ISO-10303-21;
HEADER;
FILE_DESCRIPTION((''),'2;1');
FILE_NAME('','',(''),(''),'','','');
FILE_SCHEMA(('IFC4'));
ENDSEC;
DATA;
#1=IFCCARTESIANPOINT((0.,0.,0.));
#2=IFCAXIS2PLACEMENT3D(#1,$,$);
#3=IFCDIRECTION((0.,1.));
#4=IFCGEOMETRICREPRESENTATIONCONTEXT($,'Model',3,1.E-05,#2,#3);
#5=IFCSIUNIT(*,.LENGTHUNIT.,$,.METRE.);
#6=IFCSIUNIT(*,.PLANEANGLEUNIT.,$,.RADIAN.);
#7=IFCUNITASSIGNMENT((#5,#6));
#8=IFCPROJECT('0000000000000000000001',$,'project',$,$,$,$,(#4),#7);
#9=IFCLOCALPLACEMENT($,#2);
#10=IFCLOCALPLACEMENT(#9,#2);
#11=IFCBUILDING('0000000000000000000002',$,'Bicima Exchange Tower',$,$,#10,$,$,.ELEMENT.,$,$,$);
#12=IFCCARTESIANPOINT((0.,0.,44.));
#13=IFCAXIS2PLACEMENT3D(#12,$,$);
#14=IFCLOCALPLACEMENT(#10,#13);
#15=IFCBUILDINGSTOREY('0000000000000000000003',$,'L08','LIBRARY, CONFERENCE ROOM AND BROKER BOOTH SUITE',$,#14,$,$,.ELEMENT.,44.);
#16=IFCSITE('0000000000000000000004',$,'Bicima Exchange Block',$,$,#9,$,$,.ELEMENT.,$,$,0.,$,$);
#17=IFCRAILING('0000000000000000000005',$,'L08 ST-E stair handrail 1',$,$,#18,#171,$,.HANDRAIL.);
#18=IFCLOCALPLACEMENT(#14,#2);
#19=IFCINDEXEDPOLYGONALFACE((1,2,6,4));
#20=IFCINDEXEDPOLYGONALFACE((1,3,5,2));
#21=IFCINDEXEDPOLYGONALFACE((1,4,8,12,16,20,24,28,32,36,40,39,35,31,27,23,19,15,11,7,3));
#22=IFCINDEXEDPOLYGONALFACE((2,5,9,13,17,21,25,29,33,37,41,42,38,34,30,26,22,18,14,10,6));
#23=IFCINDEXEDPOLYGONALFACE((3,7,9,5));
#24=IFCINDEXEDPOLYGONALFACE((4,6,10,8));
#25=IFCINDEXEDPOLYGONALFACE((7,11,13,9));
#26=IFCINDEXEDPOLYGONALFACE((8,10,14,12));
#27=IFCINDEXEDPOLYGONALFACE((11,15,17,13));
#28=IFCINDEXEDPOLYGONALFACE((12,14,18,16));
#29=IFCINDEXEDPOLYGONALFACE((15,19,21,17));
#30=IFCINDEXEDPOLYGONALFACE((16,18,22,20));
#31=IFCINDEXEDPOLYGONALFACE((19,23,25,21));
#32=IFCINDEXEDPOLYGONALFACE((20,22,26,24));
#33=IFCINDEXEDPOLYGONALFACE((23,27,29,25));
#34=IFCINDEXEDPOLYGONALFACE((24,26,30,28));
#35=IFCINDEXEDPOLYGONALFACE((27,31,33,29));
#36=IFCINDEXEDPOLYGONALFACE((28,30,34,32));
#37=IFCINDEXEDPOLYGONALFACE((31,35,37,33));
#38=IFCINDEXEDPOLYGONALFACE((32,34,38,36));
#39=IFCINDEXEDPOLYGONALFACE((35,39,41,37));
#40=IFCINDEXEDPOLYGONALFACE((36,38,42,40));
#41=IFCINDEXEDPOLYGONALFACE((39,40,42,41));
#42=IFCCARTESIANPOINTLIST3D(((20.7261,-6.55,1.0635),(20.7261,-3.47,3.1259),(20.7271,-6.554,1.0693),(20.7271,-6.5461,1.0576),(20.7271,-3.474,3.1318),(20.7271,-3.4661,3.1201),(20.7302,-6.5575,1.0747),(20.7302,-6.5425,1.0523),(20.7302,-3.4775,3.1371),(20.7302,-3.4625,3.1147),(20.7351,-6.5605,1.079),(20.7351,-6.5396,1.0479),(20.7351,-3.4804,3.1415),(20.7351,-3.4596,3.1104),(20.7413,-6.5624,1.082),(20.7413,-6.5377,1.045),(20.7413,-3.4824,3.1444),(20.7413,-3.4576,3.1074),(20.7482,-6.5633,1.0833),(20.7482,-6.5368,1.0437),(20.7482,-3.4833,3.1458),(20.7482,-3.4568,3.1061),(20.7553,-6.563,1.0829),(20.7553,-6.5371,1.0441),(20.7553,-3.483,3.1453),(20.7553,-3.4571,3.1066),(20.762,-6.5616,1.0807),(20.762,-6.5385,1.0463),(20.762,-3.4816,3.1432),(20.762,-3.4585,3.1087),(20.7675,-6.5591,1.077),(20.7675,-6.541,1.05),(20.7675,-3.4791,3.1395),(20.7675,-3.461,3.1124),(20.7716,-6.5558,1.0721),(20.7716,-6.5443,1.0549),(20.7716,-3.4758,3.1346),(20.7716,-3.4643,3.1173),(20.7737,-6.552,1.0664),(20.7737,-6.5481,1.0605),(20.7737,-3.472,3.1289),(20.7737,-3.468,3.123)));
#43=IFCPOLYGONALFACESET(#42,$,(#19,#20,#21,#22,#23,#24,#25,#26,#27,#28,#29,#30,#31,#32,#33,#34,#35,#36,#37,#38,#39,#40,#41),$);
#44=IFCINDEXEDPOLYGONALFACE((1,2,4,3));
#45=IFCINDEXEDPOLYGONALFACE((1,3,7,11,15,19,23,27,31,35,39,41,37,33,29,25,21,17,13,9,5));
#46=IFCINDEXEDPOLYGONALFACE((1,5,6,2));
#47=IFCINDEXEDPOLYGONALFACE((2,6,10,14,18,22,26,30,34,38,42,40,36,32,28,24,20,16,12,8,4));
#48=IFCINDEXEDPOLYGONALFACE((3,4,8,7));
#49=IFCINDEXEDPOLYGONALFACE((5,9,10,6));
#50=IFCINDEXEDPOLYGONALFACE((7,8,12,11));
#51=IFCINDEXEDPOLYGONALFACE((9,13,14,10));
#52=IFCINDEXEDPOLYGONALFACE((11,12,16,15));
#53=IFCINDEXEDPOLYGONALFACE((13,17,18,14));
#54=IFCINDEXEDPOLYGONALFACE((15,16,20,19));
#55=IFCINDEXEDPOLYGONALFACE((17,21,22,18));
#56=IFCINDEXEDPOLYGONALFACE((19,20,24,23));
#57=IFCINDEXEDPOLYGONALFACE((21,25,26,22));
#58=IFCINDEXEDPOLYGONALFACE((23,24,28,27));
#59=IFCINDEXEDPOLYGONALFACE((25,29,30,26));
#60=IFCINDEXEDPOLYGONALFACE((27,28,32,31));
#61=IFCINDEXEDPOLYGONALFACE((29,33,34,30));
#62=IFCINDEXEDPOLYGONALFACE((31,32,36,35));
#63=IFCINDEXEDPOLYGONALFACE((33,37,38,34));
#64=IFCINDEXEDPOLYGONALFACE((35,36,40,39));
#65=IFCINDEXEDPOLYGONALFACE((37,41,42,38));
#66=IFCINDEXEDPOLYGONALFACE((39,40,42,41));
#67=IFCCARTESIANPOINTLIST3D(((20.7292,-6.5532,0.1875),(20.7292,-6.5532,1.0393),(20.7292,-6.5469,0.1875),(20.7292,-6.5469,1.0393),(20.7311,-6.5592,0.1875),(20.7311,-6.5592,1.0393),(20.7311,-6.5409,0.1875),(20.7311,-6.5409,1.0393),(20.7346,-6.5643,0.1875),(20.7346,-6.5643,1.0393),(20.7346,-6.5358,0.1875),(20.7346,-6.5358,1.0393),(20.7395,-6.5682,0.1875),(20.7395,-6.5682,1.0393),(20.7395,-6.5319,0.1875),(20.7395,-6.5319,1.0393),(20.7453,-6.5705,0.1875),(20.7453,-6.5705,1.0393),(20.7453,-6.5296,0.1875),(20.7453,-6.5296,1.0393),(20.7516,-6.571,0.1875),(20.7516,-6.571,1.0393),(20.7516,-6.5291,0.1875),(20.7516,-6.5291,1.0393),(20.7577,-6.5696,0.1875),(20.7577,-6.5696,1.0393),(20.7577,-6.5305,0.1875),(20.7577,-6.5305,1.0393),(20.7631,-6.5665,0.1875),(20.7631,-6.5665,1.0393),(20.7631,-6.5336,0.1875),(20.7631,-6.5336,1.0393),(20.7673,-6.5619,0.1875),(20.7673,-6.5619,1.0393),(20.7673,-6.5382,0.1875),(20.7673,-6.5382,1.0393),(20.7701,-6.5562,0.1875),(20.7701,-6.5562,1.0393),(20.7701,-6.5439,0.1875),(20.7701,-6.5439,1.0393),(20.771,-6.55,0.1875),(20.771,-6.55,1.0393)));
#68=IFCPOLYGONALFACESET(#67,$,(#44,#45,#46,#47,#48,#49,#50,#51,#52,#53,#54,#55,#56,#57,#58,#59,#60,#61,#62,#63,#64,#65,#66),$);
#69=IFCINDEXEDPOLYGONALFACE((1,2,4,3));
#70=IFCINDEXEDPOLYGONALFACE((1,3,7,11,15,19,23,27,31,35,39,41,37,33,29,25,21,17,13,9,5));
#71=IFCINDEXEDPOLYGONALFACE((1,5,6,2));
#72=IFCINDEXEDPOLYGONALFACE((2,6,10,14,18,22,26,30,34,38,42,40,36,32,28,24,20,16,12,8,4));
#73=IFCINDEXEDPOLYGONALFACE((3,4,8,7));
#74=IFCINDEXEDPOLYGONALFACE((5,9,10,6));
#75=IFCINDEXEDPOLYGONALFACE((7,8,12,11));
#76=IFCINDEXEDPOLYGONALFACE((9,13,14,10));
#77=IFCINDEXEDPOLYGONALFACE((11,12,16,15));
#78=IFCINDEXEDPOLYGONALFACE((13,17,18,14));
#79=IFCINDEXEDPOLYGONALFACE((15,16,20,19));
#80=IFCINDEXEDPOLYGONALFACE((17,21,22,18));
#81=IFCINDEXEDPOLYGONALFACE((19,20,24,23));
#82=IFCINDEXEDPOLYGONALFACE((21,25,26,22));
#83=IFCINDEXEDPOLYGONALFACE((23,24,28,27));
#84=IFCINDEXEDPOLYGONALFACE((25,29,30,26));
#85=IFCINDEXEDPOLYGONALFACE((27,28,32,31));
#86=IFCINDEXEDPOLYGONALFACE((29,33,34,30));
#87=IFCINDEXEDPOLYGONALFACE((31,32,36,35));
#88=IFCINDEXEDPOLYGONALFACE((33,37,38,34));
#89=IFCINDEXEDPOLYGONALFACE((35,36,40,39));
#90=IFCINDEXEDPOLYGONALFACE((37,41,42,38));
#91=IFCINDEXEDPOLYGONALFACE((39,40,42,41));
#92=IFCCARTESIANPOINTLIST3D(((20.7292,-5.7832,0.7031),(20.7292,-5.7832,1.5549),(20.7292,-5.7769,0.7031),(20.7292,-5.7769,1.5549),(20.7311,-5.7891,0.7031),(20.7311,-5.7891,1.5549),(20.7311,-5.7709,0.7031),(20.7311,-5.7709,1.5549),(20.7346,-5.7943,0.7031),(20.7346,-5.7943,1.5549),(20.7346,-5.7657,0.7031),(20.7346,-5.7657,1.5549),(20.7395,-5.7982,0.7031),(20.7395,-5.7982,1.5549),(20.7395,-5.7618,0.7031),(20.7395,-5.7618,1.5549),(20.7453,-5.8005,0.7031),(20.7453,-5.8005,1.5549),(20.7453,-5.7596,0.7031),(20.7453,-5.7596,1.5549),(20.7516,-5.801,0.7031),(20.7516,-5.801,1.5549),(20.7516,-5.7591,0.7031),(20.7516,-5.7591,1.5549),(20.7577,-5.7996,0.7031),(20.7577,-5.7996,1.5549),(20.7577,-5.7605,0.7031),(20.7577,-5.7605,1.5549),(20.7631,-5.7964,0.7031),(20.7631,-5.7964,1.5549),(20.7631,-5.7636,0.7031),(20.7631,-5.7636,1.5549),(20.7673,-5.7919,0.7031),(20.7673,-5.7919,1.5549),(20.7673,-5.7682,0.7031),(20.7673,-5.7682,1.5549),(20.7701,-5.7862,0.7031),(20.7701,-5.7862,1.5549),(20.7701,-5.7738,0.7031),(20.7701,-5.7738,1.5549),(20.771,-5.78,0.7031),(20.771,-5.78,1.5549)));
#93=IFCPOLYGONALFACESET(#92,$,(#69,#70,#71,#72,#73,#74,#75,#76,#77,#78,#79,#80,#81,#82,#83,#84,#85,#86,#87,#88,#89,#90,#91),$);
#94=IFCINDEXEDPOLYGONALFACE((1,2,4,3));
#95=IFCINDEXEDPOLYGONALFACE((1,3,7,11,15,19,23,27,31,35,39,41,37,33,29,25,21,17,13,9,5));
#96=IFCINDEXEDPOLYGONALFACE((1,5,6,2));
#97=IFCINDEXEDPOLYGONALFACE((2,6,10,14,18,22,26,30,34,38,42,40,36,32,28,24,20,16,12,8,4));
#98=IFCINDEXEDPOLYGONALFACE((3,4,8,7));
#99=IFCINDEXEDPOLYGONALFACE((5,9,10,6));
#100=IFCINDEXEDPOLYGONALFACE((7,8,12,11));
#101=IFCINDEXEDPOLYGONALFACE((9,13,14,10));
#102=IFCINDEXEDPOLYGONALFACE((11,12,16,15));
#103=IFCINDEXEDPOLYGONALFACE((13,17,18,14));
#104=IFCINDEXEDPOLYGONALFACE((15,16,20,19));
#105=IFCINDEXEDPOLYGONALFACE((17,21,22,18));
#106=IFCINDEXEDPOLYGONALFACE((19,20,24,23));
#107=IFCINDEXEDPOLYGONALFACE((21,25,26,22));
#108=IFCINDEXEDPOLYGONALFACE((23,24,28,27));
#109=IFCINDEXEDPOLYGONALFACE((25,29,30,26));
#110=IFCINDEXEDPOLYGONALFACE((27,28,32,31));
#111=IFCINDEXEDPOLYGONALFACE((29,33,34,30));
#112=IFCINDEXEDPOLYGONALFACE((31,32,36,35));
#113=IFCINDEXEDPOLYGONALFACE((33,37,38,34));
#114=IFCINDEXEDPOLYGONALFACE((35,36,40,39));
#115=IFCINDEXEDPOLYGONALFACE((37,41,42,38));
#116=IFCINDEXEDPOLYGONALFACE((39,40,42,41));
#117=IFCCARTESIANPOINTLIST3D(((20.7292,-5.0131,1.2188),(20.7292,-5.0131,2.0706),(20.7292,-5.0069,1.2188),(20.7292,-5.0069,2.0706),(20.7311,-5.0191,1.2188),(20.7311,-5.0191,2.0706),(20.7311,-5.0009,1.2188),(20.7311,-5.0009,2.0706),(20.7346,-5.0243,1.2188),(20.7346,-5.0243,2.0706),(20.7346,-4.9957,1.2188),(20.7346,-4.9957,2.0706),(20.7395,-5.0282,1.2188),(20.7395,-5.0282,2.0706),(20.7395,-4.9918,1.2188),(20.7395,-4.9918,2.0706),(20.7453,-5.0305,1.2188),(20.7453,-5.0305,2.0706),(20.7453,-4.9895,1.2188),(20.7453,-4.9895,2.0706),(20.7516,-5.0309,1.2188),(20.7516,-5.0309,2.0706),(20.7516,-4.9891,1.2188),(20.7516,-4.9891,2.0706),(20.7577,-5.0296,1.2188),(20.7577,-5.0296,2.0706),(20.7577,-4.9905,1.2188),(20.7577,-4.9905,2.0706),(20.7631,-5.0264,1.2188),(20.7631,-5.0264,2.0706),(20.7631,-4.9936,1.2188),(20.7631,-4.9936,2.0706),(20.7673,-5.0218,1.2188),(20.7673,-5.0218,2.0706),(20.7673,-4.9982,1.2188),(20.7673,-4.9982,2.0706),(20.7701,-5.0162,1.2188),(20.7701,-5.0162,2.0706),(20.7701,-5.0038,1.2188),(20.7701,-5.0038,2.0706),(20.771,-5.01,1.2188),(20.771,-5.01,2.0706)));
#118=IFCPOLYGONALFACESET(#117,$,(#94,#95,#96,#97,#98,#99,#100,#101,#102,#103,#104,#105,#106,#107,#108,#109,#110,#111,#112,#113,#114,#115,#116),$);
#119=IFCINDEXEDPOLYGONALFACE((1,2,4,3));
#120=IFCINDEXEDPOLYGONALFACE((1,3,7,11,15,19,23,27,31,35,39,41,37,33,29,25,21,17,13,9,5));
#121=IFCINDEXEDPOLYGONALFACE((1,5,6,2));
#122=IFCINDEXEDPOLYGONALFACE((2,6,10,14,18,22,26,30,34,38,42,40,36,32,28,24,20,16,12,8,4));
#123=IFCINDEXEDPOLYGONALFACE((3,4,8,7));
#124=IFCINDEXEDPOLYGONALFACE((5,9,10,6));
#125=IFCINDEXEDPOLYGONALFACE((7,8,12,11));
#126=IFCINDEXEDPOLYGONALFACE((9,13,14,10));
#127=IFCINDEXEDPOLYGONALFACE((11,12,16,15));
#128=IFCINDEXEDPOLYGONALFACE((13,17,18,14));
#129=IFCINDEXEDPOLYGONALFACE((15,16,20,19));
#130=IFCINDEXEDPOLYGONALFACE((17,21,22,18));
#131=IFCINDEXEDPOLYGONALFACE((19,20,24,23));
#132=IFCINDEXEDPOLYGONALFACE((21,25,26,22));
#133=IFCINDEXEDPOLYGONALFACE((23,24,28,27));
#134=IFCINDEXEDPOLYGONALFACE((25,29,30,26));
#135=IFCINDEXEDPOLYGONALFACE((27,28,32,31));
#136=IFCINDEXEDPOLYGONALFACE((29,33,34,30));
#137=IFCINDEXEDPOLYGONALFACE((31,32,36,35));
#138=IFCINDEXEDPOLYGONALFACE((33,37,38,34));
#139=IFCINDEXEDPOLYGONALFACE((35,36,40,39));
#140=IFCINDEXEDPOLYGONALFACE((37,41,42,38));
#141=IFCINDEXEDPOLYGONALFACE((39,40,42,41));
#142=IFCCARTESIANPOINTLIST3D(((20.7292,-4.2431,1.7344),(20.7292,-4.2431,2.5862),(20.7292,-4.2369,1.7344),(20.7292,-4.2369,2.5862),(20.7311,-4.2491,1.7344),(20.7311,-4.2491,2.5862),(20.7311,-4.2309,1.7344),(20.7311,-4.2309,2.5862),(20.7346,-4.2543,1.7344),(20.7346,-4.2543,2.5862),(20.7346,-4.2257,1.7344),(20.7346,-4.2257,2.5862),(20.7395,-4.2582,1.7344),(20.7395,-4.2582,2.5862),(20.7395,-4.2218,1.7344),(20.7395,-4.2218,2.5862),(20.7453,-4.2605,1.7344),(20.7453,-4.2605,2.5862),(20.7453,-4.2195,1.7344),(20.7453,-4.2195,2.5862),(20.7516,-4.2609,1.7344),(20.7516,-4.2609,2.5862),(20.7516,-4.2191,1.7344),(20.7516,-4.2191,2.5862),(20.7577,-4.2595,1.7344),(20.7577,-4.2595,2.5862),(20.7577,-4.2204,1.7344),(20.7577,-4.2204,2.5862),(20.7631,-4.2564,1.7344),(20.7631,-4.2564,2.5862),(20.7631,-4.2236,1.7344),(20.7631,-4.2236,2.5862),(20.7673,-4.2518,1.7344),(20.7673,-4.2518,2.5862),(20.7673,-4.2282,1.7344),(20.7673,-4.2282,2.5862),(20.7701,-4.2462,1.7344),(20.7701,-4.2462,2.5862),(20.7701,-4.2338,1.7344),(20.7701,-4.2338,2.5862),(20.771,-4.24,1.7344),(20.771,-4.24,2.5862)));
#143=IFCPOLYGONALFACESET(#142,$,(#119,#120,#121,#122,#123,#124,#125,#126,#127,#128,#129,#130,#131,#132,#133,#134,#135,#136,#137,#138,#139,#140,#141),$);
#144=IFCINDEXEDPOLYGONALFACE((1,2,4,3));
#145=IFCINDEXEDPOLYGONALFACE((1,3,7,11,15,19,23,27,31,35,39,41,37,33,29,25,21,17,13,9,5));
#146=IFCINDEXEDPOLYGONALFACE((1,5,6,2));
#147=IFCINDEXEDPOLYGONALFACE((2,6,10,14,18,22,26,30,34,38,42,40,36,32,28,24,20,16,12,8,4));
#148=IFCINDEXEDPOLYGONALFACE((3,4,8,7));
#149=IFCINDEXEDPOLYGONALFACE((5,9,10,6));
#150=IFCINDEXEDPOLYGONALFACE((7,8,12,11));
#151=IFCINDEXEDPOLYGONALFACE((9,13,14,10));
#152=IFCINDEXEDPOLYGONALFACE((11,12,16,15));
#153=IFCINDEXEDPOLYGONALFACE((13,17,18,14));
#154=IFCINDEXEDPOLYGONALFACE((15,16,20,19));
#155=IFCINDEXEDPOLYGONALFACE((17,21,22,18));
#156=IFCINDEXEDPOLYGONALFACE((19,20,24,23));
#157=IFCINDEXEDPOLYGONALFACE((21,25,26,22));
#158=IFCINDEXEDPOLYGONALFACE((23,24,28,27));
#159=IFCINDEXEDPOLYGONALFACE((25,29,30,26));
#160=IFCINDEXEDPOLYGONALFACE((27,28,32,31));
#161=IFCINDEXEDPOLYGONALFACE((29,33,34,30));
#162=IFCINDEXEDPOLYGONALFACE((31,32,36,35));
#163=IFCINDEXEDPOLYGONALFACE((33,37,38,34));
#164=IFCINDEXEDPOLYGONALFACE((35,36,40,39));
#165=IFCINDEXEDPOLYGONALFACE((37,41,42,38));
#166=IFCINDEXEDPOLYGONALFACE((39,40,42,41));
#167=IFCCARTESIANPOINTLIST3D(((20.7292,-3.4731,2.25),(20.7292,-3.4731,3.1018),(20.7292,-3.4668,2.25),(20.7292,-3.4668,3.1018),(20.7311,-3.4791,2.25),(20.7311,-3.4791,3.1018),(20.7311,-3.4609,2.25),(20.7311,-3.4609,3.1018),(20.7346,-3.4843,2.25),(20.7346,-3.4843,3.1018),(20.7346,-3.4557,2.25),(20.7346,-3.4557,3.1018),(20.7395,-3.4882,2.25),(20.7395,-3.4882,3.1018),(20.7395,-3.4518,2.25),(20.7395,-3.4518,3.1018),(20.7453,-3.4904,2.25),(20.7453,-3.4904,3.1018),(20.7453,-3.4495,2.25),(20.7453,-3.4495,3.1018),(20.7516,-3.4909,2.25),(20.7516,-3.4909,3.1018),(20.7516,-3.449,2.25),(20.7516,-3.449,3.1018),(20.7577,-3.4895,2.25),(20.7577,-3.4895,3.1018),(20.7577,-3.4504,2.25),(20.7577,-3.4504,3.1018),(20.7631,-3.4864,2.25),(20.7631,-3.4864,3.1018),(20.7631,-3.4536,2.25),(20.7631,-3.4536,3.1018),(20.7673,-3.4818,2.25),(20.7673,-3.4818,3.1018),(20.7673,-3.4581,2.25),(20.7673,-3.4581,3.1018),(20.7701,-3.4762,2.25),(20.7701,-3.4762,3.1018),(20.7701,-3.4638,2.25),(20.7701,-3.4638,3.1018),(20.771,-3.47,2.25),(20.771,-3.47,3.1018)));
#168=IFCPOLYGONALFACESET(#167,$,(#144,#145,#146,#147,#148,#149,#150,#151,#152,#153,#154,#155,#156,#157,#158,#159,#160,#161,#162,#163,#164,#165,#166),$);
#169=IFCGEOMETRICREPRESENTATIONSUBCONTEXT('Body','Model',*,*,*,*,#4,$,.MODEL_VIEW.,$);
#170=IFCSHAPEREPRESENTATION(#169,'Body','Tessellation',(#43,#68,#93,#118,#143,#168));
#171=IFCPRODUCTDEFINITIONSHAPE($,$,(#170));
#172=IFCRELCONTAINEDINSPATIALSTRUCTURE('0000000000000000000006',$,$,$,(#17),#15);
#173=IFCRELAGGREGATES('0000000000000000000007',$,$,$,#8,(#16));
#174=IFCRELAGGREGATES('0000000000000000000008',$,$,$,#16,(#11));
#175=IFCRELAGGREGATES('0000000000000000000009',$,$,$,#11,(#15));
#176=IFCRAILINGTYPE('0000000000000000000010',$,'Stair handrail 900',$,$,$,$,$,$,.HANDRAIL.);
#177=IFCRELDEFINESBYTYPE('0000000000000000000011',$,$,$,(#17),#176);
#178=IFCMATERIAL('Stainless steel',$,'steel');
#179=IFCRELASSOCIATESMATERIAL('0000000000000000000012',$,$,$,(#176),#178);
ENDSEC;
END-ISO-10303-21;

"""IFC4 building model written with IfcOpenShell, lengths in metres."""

from ifc_helpers import new_model, si_unit, direction, frame, origin, origin_2d, place, context, subcontext, project, spatial, circle, extrude, material, type_object, element, save


model = new_model("IFC4")

# Units and contexts
model_context = context("Model", 3, precision=1e-05, world=origin(), true_north=direction((0.0, 1.0)))
body_context = subcontext(model_context, "Body", "Model", "MODEL_VIEW")
ifc_project = project(units=[si_unit("LENGTHUNIT", "METRE"), si_unit("PLANEANGLEUNIT", "RADIAN")], contexts=[model_context])

# Site, building, storey
site_placement = place(None, origin())
site = spatial("IfcSite", under=ifc_project, at=site_placement, Name="Bicima Exchange Block", CompositionType="ELEMENT", RefElevation=0.0)
building_placement = place(site_placement, origin())
building = spatial("IfcBuilding", under=site, at=building_placement, Name="Bicima Exchange Tower", CompositionType="ELEMENT")
storey_placement = place(building_placement, frame((0.0, 0.0, 44.0)))
storey = spatial("IfcBuildingStorey", under=building, at=storey_placement, Name="L08", Description="LIBRARY, CONFERENCE ROOM AND BROKER BOOTH SUITE", CompositionType="ELEMENT", Elevation=44.0)

# Railing
ifc_material_1 = material(Name="Stainless steel", Category="steel")
railing_type_1 = type_object("IfcRailingType", Name="Stair handrail 900", PredefinedType="HANDRAIL", material=ifc_material_1)
railing_1_placement = place(storey_placement, frame((20.75, -6.55, 0.1875)))
element("IfcRailing", 1, at=railing_1_placement, inside=storey, type_object=railing_type_1, Name="L08 ST-E stair handrail 1", PredefinedType="HANDRAIL", context=body_context, shape_type="SweptSolid", body=[
    extrude(circle(Radius=0.0239, at=origin_2d()), frame((0.0, 0.0, 0.876), z_axis=(0.0, 0.830914, 0.556401), x_axis=(-1.0, 0.0, 0.0)), (0.0, 0.0, 1.0), 3.7068),
    extrude(circle(Radius=0.021, at=origin_2d()), origin(), (0.0, 0.0, 1.0), 0.8518),
    extrude(circle(Radius=0.021, at=origin_2d()), frame((0.0, 0.77, 0.5156)), (0.0, 0.0, 1.0), 0.8518),
    extrude(circle(Radius=0.021, at=origin_2d()), frame((0.0, 1.54, 1.0312)), (0.0, 0.0, 1.0), 0.8518),
    extrude(circle(Radius=0.021, at=origin_2d()), frame((0.0, 2.3101, 1.5469)), (0.0, 0.0, 1.0), 0.8518),
    extrude(circle(Radius=0.021, at=origin_2d()), frame((0.0, 3.0801, 2.0625)), (0.0, 0.0, 1.0), 0.8518),
])

save(model, "model.ifc")
